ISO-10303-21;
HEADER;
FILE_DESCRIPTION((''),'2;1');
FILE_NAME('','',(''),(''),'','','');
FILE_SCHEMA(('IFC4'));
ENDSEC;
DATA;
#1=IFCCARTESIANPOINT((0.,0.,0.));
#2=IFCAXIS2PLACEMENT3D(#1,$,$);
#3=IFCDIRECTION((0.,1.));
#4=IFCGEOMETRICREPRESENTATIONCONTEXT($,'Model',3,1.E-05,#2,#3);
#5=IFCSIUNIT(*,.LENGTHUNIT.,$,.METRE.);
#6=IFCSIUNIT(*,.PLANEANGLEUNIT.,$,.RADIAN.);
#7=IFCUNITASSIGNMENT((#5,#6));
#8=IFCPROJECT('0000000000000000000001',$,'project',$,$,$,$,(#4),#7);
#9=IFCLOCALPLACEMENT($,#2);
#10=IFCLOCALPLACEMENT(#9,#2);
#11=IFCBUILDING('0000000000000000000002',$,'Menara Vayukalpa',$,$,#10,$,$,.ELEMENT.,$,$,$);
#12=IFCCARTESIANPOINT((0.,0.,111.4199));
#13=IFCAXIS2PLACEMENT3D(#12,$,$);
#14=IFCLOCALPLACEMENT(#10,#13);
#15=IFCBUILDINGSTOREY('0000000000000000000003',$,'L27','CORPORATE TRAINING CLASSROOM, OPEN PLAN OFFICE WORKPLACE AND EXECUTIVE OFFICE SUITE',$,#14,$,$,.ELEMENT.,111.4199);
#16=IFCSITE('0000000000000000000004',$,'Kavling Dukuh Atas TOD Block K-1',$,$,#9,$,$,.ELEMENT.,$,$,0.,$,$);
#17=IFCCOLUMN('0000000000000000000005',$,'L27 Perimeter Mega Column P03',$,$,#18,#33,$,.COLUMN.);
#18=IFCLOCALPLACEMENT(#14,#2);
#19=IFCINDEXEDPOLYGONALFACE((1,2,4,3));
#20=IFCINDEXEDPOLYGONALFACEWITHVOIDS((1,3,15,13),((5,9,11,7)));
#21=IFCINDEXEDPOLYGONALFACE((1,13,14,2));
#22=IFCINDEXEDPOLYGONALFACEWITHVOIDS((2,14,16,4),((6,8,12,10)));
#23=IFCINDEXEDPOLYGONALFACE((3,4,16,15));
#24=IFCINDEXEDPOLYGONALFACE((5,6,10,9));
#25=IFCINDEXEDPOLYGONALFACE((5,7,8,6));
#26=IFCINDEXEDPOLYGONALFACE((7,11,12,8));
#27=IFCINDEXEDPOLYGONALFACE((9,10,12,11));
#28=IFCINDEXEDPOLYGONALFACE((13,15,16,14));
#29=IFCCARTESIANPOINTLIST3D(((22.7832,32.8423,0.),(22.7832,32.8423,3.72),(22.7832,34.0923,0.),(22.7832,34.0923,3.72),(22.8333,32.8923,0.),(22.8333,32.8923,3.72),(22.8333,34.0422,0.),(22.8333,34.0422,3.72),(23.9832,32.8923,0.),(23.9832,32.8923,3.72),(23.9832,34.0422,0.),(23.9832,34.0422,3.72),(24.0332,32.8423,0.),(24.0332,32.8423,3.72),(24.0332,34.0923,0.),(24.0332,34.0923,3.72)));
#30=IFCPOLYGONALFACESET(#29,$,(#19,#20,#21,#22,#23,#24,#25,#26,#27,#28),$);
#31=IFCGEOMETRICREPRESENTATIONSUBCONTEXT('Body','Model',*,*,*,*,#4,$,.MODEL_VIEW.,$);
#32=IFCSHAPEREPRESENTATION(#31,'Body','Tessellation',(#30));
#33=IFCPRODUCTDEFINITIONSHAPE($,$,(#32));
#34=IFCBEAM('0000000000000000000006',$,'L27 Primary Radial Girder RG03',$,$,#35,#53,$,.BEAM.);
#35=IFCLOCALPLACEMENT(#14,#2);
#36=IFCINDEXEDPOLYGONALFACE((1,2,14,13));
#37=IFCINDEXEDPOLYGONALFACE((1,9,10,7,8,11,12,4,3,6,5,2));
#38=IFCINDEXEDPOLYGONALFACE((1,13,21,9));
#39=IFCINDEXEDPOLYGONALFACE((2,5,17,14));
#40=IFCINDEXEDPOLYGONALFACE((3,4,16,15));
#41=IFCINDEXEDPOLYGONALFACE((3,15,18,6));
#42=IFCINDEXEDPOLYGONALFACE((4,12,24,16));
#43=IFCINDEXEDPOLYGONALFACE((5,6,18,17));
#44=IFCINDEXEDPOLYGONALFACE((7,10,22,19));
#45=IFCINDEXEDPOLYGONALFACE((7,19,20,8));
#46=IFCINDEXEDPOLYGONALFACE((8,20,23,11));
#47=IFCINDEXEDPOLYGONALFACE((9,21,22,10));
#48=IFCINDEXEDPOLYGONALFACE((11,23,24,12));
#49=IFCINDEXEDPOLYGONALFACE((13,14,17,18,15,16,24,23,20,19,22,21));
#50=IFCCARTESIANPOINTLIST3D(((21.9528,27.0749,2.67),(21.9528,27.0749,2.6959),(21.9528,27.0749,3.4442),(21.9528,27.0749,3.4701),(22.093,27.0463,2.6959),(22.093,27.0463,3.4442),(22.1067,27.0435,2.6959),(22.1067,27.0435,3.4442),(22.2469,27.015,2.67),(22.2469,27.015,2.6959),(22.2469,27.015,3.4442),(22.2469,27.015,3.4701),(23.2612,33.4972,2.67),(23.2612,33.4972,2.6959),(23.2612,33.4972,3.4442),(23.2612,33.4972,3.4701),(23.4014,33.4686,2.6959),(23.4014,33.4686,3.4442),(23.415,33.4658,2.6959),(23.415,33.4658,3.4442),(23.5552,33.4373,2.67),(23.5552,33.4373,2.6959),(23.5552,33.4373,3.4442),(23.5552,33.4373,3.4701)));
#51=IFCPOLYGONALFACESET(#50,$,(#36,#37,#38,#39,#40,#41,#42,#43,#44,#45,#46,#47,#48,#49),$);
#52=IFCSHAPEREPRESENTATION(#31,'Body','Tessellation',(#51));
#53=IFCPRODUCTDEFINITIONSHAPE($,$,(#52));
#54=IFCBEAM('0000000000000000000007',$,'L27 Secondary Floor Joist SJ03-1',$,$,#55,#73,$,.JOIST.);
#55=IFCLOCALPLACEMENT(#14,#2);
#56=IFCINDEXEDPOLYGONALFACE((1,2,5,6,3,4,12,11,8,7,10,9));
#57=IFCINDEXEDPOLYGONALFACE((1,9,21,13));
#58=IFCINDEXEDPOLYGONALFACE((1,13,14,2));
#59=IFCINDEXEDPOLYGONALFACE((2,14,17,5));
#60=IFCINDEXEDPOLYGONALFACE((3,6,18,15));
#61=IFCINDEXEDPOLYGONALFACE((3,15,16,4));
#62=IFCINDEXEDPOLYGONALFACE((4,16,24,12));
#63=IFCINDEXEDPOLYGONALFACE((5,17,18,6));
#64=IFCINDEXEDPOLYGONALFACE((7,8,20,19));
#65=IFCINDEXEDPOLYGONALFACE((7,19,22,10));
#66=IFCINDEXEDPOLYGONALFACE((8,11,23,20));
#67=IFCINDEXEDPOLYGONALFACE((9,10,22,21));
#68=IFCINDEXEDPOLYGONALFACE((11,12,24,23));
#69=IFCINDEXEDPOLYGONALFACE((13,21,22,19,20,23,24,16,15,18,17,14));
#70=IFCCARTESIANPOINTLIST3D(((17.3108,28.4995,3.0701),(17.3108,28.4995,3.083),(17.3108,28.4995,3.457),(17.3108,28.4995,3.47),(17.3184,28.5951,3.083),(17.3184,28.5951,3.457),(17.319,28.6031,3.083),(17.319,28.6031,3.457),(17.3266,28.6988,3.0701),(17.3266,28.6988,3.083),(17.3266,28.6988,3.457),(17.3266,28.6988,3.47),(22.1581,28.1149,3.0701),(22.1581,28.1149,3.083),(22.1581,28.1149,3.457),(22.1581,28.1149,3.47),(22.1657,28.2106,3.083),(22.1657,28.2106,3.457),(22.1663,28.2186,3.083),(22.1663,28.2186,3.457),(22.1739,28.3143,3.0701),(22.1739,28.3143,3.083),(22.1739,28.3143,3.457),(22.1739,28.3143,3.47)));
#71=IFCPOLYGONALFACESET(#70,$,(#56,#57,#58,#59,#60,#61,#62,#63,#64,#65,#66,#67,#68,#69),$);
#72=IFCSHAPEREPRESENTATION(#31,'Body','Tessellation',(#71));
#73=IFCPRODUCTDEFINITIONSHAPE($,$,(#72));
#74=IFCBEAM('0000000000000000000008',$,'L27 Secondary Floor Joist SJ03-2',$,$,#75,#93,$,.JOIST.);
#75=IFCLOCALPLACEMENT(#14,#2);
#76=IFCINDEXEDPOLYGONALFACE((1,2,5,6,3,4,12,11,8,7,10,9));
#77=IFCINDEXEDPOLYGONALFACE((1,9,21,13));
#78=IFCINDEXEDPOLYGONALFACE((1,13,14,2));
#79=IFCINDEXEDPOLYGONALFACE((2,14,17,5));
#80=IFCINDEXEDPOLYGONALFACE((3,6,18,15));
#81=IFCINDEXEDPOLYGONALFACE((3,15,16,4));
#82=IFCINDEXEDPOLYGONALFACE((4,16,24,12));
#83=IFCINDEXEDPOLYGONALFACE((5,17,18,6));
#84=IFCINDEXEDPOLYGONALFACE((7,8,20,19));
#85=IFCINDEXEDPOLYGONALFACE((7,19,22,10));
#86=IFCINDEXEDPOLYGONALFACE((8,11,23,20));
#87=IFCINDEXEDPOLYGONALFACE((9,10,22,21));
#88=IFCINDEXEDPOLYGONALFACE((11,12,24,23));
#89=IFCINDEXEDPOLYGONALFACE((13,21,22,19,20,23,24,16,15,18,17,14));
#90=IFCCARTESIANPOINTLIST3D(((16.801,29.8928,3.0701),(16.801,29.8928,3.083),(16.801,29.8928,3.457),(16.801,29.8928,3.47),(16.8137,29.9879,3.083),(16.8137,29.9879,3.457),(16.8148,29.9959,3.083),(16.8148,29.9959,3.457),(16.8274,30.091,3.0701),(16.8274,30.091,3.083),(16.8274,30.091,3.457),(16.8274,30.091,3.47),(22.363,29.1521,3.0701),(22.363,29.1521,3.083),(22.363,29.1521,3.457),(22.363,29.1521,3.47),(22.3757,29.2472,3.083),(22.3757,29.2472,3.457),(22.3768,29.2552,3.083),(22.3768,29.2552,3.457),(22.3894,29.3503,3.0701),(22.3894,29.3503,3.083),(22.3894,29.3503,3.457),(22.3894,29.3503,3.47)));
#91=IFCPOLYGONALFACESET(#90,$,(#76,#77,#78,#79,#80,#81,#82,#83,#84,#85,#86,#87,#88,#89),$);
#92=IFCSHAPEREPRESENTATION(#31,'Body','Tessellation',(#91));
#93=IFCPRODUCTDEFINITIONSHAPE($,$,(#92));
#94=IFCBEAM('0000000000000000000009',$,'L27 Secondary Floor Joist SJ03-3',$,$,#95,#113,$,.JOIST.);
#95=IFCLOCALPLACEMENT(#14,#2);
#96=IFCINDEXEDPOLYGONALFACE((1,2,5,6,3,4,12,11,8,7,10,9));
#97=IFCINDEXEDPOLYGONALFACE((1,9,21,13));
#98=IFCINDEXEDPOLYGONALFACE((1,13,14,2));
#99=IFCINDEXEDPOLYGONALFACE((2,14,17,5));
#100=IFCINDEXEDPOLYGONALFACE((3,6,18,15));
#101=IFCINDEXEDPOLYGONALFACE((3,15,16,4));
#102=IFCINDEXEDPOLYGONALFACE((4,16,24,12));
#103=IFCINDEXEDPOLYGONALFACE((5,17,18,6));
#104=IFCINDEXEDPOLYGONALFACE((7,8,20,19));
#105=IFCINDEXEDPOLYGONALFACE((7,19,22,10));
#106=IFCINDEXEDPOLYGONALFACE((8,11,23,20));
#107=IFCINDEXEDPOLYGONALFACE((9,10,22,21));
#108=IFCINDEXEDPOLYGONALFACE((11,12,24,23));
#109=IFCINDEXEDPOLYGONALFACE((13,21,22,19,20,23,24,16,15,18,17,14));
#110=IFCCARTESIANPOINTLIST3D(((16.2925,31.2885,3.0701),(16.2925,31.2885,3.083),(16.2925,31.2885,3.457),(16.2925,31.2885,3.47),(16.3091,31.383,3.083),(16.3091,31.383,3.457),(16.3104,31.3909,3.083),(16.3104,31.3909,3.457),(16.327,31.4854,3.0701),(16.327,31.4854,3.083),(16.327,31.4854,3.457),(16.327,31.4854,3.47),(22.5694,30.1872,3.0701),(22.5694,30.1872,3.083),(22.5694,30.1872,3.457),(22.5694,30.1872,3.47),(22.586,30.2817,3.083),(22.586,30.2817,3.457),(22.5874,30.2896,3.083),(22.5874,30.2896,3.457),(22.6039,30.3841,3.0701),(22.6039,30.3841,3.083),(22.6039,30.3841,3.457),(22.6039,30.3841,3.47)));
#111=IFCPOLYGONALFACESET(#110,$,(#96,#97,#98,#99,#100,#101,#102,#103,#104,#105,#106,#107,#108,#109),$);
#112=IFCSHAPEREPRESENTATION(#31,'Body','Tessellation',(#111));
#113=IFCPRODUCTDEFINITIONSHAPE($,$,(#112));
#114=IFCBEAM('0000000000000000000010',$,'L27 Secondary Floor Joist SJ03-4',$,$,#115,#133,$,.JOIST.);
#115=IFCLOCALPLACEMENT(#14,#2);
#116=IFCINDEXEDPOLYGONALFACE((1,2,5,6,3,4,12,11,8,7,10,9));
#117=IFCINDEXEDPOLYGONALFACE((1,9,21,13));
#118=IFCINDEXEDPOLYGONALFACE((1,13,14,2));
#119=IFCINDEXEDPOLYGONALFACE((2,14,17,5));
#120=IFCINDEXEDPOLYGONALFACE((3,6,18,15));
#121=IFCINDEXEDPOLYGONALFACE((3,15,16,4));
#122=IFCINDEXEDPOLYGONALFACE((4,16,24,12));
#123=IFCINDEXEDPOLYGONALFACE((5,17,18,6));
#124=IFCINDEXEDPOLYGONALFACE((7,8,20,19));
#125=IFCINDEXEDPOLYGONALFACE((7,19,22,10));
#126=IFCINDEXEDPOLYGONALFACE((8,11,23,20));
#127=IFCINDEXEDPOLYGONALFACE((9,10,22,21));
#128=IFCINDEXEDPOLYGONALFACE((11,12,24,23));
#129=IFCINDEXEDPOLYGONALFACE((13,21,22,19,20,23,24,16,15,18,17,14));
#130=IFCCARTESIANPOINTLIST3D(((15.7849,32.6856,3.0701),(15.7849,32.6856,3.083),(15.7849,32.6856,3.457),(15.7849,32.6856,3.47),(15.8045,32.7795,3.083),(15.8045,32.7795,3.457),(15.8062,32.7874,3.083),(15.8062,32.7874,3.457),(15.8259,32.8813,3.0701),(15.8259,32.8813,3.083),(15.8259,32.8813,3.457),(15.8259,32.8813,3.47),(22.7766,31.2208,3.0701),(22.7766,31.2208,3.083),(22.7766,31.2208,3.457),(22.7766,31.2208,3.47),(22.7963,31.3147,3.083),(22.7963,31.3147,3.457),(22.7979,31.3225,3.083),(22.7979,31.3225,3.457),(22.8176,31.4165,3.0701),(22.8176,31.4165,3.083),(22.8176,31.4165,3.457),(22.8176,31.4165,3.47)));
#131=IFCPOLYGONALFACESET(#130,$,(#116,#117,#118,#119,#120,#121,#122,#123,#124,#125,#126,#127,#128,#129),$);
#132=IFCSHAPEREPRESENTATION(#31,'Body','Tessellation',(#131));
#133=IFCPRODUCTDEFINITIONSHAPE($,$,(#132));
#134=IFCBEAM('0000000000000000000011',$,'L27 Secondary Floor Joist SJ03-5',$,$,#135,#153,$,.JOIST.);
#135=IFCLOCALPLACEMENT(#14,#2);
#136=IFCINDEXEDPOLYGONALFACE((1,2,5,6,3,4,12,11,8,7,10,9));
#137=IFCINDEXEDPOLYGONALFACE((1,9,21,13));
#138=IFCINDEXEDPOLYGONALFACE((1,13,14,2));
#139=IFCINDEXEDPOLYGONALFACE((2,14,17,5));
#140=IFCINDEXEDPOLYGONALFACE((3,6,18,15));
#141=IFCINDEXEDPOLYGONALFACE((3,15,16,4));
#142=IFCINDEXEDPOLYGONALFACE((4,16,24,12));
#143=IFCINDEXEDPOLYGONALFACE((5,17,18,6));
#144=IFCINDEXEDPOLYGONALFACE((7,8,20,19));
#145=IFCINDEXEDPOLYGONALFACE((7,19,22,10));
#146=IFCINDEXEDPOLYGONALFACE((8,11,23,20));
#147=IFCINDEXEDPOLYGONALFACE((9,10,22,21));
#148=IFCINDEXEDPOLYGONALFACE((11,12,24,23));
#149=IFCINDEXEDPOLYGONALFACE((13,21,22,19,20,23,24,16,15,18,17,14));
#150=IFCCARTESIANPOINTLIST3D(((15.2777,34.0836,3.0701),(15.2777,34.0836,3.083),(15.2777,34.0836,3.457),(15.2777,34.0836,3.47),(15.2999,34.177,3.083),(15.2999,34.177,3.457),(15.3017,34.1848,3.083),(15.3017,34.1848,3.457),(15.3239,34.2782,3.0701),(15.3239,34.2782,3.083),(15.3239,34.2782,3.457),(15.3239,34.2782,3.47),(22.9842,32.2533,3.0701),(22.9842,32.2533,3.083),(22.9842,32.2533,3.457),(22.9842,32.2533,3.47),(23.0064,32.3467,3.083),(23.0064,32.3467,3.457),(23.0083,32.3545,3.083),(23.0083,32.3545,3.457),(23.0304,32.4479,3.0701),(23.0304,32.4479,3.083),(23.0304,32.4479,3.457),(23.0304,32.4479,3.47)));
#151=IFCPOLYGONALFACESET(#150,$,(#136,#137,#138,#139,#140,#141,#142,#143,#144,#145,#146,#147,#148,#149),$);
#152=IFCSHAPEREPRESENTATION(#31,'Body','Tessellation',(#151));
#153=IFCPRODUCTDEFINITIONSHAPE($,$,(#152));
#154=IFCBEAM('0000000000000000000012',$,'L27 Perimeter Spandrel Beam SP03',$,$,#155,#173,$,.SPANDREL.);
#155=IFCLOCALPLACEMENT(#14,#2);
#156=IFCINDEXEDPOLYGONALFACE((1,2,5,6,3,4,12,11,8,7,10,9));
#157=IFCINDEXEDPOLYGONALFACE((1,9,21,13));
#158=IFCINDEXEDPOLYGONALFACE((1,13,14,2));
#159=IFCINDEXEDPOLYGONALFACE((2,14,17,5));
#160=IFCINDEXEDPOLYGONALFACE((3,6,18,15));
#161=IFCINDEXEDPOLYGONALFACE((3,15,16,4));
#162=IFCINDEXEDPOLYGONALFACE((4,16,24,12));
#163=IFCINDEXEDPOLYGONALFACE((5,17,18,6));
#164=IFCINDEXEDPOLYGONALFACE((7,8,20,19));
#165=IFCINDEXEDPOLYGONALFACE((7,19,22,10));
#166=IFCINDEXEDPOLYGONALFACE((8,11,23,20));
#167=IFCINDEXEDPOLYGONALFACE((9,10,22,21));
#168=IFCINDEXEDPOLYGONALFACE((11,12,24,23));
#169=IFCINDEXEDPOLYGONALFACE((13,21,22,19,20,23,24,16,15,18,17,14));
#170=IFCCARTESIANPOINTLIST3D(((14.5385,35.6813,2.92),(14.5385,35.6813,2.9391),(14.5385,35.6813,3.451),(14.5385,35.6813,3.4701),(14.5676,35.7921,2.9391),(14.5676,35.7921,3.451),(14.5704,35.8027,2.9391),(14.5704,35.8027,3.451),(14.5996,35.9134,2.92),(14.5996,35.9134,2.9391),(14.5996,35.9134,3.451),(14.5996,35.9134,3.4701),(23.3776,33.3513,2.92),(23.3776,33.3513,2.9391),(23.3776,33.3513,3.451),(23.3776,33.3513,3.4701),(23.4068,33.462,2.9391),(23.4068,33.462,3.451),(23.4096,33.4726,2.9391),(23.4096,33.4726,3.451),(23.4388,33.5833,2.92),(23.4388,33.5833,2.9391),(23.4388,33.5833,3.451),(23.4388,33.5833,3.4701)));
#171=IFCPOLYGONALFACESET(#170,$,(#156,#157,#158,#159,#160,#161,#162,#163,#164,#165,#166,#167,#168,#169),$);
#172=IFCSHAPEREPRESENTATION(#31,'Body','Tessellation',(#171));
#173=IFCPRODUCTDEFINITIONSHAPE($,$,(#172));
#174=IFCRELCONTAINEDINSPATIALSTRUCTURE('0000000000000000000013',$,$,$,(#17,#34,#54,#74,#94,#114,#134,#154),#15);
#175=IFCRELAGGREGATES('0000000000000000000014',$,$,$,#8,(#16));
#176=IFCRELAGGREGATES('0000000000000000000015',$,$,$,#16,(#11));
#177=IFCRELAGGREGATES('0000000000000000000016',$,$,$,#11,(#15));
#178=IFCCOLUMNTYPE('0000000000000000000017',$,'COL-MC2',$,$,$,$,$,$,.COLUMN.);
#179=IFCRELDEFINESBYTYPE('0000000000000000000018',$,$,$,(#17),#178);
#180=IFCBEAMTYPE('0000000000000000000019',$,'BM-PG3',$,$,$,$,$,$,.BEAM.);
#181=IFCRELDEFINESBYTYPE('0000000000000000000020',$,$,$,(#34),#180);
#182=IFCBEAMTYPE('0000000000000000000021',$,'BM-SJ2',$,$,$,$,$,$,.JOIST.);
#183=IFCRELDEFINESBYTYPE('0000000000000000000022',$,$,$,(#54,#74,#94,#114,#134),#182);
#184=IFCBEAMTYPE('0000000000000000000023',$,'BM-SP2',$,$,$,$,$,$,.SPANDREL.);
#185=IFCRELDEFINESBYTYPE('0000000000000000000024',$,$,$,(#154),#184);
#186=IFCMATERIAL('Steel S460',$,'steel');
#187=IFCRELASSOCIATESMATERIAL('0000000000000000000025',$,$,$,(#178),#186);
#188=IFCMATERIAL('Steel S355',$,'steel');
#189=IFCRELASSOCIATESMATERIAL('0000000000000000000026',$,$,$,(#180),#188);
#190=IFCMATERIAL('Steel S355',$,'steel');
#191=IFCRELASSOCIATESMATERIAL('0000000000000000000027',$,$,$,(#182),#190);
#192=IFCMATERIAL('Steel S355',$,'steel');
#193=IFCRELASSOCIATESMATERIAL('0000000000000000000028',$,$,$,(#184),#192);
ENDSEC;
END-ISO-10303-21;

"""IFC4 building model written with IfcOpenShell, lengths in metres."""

from ifc_helpers import new_model, si_unit, direction, frame, origin, origin_2d, place, context, subcontext, project, spatial, hollow_rectangle, i_section, extrude, material, material_profile, profile_set, type_object, element, save


model = new_model("IFC4")

# Units and contexts
model_context = context("Model", 3, precision=1e-05, world=origin(), true_north=direction((0.0, 1.0)))
body_context = subcontext(model_context, "Body", "Model", "MODEL_VIEW")
ifc_project = project(units=[si_unit("LENGTHUNIT", "METRE"), si_unit("PLANEANGLEUNIT", "RADIAN")], contexts=[model_context])

# Site, building, storey
site_placement = place(None, origin())
site = spatial("IfcSite", under=ifc_project, at=site_placement, Name="Kavling Dukuh Atas TOD Block K-1", CompositionType="ELEMENT", RefElevation=0.0)
building_placement = place(site_placement, origin())
building = spatial("IfcBuilding", under=site, at=building_placement, Name="Menara Vayukalpa", CompositionType="ELEMENT")
storey_placement = place(building_placement, frame((0.0, 0.0, 111.4199)))
storey = spatial("IfcBuildingStorey", under=building, at=storey_placement, Name="L27", Description="CORPORATE TRAINING CLASSROOM, OPEN PLAN OFFICE WORKPLACE AND EXECUTIVE OFFICE SUITE", CompositionType="ELEMENT", Elevation=111.4199)

# Column
ifc_material_1 = material(Name="Steel S460", Category="steel")
ifc_material_profile_1 = material_profile(ifc_material_1, hollow_rectangle(XDim=1.25, YDim=1.25, WallThickness=0.05, at=origin_2d()), Name="BOX 1250x1250x50")
ifc_profile_set_1 = profile_set([ifc_material_profile_1], Name="Steel S460")
column_type = type_object("IfcColumnType", Name="COL-MC2", PredefinedType="COLUMN", material=ifc_profile_set_1)
column_placement = place(storey_placement, frame((23.4082, 33.4673, 0.0), z_axis=(0.0, 0.0, 1.0), x_axis=(1.0, 0.0, 0.0)))
element("IfcColumn", 1, at=column_placement, inside=storey, type_object=column_type, Name="L27 Perimeter Mega Column P03", PredefinedType="COLUMN", context=body_context, shape_type="SweptSolid", body=[
    extrude(hollow_rectangle(XDim=1.25, YDim=1.25, WallThickness=0.05, at=origin_2d()), origin(), (0.0, 0.0, 1.0), 3.72),
])

# Beams
ifc_material_2 = material(Name="Steel S355", Category="steel")
ifc_material_profile_2 = material_profile(ifc_material_2, i_section(OverallWidth=0.3, OverallDepth=0.8, WebThickness=0.0139, FlangeThickness=0.0259, at=origin_2d()), Name="WF 800x300x14x26")
ifc_profile_set_2 = profile_set([ifc_material_profile_2], Name="Steel S355")
beam_type_1 = type_object("IfcBeamType", Name="BM-PG3", PredefinedType="BEAM", material=ifc_profile_set_2)
beam_1_placement = place(storey_placement, frame((22.0999, 27.0449, 3.0701), z_axis=(0.199618, 0.979874, 0.0), x_axis=(-0.979874, 0.199618, 0.0)))
element("IfcBeam", 2, at=beam_1_placement, inside=storey, type_object=beam_type_1, Name="L27 Primary Radial Girder RG03", PredefinedType="BEAM", context=body_context, shape_type="SweptSolid", body=[
    extrude(i_section(OverallWidth=0.3, OverallDepth=0.8, WebThickness=0.0139, FlangeThickness=0.0259, at=origin_2d()), origin(), (0.0, 0.0, 1.0), 6.5542),
])
ifc_material_3 = material(Name="Steel S355", Category="steel")
ifc_material_profile_3 = material_profile(ifc_material_3, i_section(OverallWidth=0.2, OverallDepth=0.3999, WebThickness=0.0081, FlangeThickness=0.0129, at=origin_2d()), Name="WF 400x200x8x13")
ifc_profile_set_3 = profile_set([ifc_material_profile_3], Name="Steel S355")
beam_type_2 = type_object("IfcBeamType", Name="BM-SJ2", PredefinedType="JOIST", material=ifc_profile_set_3)
beam_2_placement = place(storey_placement, frame((22.166, 28.2146, 3.27), z_axis=(-0.996869, 0.079077, 0.0), x_axis=(-0.079077, -0.996869, 0.0)))
element("IfcBeam", 3, at=beam_2_placement, inside=storey, type_object=beam_type_2, Name="L27 Secondary Floor Joist SJ03-1", PredefinedType="JOIST", context=body_context, shape_type="SweptSolid", body=[
    extrude(i_section(OverallWidth=0.2, OverallDepth=0.3999, WebThickness=0.0081, FlangeThickness=0.0129, at=origin_2d()), origin(), (0.0, 0.0, 1.0), 4.8625),
])
beam_3_placement = place(storey_placement, frame((22.3762, 29.2512, 3.27), z_axis=(-0.991248, 0.13201, 0.0), x_axis=(-0.13201, -0.991248, 0.0)))
element("IfcBeam", 4, at=beam_3_placement, inside=storey, type_object=beam_type_2, Name="L27 Secondary Floor Joist SJ03-2", PredefinedType="JOIST", context=body_context, shape_type="SweptSolid", body=[
    extrude(i_section(OverallWidth=0.2, OverallDepth=0.3999, WebThickness=0.0081, FlangeThickness=0.0129, at=origin_2d()), origin(), (0.0, 0.0, 1.0), 5.6111),
])
beam_4_placement = place(storey_placement, frame((22.5867, 30.2856, 3.27), z_axis=(-0.984954, 0.172817, 0.0), x_axis=(-0.172817, -0.984954, 0.0)))
element("IfcBeam", 5, at=beam_4_placement, inside=storey, type_object=beam_type_2, Name="L27 Secondary Floor Joist SJ03-3", PredefinedType="JOIST", context=body_context, shape_type="SweptSolid", body=[
    extrude(i_section(OverallWidth=0.2, OverallDepth=0.3999, WebThickness=0.0081, FlangeThickness=0.0129, at=origin_2d()), origin(), (0.0, 0.0, 1.0), 6.3728),
])
beam_5_placement = place(storey_placement, frame((22.7971, 31.3186, 3.27), z_axis=(-0.978749, 0.20506, 0.0), x_axis=(-0.20506, -0.978749, 0.0)))
element("IfcBeam", 6, at=beam_5_placement, inside=storey, type_object=beam_type_2, Name="L27 Secondary Floor Joist SJ03-4", PredefinedType="JOIST", context=body_context, shape_type="SweptSolid", body=[
    extrude(i_section(OverallWidth=0.2, OverallDepth=0.3999, WebThickness=0.0081, FlangeThickness=0.0129, at=origin_2d()), origin(), (0.0, 0.0, 1.0), 7.1436),
])
beam_6_placement = place(storey_placement, frame((23.0073, 32.3506, 3.27), z_axis=(-0.972936, 0.231075, 0.0), x_axis=(-0.231075, -0.972936, 0.0)))
element("IfcBeam", 7, at=beam_6_placement, inside=storey, type_object=beam_type_2, Name="L27 Secondary Floor Joist SJ03-5", PredefinedType="JOIST", context=body_context, shape_type="SweptSolid", body=[
    extrude(i_section(OverallWidth=0.2, OverallDepth=0.3999, WebThickness=0.0081, FlangeThickness=0.0129, at=origin_2d()), origin(), (0.0, 0.0, 1.0), 7.9209),
])
ifc_material_4 = material(Name="Steel S355", Category="steel")
ifc_material_profile_4 = material_profile(ifc_material_4, i_section(OverallWidth=0.24, OverallDepth=0.55, WebThickness=0.011, FlangeThickness=0.019, at=origin_2d()), Name="WF 550x240x11x19")
ifc_profile_set_4 = profile_set([ifc_material_profile_4], Name="Steel S355")
beam_type_3 = type_object("IfcBeamType", Name="BM-SP2", PredefinedType="SPANDREL", material=ifc_profile_set_4)
beam_7_placement = place(storey_placement, frame((23.4082, 33.4673, 3.1951), z_axis=(-0.966967, 0.254902, 0.0), x_axis=(-0.254902, -0.966967, 0.0)))
element("IfcBeam", 8, at=beam_7_placement, inside=storey, type_object=beam_type_3, Name="L27 Perimeter Spandrel Beam SP03", PredefinedType="SPANDREL", context=body_context, shape_type="SweptSolid", body=[
    extrude(i_section(OverallWidth=0.24, OverallDepth=0.55, WebThickness=0.011, FlangeThickness=0.019, at=origin_2d()), origin(), (0.0, 0.0, 1.0), 9.1411),
])

save(model, "model.ifc")
